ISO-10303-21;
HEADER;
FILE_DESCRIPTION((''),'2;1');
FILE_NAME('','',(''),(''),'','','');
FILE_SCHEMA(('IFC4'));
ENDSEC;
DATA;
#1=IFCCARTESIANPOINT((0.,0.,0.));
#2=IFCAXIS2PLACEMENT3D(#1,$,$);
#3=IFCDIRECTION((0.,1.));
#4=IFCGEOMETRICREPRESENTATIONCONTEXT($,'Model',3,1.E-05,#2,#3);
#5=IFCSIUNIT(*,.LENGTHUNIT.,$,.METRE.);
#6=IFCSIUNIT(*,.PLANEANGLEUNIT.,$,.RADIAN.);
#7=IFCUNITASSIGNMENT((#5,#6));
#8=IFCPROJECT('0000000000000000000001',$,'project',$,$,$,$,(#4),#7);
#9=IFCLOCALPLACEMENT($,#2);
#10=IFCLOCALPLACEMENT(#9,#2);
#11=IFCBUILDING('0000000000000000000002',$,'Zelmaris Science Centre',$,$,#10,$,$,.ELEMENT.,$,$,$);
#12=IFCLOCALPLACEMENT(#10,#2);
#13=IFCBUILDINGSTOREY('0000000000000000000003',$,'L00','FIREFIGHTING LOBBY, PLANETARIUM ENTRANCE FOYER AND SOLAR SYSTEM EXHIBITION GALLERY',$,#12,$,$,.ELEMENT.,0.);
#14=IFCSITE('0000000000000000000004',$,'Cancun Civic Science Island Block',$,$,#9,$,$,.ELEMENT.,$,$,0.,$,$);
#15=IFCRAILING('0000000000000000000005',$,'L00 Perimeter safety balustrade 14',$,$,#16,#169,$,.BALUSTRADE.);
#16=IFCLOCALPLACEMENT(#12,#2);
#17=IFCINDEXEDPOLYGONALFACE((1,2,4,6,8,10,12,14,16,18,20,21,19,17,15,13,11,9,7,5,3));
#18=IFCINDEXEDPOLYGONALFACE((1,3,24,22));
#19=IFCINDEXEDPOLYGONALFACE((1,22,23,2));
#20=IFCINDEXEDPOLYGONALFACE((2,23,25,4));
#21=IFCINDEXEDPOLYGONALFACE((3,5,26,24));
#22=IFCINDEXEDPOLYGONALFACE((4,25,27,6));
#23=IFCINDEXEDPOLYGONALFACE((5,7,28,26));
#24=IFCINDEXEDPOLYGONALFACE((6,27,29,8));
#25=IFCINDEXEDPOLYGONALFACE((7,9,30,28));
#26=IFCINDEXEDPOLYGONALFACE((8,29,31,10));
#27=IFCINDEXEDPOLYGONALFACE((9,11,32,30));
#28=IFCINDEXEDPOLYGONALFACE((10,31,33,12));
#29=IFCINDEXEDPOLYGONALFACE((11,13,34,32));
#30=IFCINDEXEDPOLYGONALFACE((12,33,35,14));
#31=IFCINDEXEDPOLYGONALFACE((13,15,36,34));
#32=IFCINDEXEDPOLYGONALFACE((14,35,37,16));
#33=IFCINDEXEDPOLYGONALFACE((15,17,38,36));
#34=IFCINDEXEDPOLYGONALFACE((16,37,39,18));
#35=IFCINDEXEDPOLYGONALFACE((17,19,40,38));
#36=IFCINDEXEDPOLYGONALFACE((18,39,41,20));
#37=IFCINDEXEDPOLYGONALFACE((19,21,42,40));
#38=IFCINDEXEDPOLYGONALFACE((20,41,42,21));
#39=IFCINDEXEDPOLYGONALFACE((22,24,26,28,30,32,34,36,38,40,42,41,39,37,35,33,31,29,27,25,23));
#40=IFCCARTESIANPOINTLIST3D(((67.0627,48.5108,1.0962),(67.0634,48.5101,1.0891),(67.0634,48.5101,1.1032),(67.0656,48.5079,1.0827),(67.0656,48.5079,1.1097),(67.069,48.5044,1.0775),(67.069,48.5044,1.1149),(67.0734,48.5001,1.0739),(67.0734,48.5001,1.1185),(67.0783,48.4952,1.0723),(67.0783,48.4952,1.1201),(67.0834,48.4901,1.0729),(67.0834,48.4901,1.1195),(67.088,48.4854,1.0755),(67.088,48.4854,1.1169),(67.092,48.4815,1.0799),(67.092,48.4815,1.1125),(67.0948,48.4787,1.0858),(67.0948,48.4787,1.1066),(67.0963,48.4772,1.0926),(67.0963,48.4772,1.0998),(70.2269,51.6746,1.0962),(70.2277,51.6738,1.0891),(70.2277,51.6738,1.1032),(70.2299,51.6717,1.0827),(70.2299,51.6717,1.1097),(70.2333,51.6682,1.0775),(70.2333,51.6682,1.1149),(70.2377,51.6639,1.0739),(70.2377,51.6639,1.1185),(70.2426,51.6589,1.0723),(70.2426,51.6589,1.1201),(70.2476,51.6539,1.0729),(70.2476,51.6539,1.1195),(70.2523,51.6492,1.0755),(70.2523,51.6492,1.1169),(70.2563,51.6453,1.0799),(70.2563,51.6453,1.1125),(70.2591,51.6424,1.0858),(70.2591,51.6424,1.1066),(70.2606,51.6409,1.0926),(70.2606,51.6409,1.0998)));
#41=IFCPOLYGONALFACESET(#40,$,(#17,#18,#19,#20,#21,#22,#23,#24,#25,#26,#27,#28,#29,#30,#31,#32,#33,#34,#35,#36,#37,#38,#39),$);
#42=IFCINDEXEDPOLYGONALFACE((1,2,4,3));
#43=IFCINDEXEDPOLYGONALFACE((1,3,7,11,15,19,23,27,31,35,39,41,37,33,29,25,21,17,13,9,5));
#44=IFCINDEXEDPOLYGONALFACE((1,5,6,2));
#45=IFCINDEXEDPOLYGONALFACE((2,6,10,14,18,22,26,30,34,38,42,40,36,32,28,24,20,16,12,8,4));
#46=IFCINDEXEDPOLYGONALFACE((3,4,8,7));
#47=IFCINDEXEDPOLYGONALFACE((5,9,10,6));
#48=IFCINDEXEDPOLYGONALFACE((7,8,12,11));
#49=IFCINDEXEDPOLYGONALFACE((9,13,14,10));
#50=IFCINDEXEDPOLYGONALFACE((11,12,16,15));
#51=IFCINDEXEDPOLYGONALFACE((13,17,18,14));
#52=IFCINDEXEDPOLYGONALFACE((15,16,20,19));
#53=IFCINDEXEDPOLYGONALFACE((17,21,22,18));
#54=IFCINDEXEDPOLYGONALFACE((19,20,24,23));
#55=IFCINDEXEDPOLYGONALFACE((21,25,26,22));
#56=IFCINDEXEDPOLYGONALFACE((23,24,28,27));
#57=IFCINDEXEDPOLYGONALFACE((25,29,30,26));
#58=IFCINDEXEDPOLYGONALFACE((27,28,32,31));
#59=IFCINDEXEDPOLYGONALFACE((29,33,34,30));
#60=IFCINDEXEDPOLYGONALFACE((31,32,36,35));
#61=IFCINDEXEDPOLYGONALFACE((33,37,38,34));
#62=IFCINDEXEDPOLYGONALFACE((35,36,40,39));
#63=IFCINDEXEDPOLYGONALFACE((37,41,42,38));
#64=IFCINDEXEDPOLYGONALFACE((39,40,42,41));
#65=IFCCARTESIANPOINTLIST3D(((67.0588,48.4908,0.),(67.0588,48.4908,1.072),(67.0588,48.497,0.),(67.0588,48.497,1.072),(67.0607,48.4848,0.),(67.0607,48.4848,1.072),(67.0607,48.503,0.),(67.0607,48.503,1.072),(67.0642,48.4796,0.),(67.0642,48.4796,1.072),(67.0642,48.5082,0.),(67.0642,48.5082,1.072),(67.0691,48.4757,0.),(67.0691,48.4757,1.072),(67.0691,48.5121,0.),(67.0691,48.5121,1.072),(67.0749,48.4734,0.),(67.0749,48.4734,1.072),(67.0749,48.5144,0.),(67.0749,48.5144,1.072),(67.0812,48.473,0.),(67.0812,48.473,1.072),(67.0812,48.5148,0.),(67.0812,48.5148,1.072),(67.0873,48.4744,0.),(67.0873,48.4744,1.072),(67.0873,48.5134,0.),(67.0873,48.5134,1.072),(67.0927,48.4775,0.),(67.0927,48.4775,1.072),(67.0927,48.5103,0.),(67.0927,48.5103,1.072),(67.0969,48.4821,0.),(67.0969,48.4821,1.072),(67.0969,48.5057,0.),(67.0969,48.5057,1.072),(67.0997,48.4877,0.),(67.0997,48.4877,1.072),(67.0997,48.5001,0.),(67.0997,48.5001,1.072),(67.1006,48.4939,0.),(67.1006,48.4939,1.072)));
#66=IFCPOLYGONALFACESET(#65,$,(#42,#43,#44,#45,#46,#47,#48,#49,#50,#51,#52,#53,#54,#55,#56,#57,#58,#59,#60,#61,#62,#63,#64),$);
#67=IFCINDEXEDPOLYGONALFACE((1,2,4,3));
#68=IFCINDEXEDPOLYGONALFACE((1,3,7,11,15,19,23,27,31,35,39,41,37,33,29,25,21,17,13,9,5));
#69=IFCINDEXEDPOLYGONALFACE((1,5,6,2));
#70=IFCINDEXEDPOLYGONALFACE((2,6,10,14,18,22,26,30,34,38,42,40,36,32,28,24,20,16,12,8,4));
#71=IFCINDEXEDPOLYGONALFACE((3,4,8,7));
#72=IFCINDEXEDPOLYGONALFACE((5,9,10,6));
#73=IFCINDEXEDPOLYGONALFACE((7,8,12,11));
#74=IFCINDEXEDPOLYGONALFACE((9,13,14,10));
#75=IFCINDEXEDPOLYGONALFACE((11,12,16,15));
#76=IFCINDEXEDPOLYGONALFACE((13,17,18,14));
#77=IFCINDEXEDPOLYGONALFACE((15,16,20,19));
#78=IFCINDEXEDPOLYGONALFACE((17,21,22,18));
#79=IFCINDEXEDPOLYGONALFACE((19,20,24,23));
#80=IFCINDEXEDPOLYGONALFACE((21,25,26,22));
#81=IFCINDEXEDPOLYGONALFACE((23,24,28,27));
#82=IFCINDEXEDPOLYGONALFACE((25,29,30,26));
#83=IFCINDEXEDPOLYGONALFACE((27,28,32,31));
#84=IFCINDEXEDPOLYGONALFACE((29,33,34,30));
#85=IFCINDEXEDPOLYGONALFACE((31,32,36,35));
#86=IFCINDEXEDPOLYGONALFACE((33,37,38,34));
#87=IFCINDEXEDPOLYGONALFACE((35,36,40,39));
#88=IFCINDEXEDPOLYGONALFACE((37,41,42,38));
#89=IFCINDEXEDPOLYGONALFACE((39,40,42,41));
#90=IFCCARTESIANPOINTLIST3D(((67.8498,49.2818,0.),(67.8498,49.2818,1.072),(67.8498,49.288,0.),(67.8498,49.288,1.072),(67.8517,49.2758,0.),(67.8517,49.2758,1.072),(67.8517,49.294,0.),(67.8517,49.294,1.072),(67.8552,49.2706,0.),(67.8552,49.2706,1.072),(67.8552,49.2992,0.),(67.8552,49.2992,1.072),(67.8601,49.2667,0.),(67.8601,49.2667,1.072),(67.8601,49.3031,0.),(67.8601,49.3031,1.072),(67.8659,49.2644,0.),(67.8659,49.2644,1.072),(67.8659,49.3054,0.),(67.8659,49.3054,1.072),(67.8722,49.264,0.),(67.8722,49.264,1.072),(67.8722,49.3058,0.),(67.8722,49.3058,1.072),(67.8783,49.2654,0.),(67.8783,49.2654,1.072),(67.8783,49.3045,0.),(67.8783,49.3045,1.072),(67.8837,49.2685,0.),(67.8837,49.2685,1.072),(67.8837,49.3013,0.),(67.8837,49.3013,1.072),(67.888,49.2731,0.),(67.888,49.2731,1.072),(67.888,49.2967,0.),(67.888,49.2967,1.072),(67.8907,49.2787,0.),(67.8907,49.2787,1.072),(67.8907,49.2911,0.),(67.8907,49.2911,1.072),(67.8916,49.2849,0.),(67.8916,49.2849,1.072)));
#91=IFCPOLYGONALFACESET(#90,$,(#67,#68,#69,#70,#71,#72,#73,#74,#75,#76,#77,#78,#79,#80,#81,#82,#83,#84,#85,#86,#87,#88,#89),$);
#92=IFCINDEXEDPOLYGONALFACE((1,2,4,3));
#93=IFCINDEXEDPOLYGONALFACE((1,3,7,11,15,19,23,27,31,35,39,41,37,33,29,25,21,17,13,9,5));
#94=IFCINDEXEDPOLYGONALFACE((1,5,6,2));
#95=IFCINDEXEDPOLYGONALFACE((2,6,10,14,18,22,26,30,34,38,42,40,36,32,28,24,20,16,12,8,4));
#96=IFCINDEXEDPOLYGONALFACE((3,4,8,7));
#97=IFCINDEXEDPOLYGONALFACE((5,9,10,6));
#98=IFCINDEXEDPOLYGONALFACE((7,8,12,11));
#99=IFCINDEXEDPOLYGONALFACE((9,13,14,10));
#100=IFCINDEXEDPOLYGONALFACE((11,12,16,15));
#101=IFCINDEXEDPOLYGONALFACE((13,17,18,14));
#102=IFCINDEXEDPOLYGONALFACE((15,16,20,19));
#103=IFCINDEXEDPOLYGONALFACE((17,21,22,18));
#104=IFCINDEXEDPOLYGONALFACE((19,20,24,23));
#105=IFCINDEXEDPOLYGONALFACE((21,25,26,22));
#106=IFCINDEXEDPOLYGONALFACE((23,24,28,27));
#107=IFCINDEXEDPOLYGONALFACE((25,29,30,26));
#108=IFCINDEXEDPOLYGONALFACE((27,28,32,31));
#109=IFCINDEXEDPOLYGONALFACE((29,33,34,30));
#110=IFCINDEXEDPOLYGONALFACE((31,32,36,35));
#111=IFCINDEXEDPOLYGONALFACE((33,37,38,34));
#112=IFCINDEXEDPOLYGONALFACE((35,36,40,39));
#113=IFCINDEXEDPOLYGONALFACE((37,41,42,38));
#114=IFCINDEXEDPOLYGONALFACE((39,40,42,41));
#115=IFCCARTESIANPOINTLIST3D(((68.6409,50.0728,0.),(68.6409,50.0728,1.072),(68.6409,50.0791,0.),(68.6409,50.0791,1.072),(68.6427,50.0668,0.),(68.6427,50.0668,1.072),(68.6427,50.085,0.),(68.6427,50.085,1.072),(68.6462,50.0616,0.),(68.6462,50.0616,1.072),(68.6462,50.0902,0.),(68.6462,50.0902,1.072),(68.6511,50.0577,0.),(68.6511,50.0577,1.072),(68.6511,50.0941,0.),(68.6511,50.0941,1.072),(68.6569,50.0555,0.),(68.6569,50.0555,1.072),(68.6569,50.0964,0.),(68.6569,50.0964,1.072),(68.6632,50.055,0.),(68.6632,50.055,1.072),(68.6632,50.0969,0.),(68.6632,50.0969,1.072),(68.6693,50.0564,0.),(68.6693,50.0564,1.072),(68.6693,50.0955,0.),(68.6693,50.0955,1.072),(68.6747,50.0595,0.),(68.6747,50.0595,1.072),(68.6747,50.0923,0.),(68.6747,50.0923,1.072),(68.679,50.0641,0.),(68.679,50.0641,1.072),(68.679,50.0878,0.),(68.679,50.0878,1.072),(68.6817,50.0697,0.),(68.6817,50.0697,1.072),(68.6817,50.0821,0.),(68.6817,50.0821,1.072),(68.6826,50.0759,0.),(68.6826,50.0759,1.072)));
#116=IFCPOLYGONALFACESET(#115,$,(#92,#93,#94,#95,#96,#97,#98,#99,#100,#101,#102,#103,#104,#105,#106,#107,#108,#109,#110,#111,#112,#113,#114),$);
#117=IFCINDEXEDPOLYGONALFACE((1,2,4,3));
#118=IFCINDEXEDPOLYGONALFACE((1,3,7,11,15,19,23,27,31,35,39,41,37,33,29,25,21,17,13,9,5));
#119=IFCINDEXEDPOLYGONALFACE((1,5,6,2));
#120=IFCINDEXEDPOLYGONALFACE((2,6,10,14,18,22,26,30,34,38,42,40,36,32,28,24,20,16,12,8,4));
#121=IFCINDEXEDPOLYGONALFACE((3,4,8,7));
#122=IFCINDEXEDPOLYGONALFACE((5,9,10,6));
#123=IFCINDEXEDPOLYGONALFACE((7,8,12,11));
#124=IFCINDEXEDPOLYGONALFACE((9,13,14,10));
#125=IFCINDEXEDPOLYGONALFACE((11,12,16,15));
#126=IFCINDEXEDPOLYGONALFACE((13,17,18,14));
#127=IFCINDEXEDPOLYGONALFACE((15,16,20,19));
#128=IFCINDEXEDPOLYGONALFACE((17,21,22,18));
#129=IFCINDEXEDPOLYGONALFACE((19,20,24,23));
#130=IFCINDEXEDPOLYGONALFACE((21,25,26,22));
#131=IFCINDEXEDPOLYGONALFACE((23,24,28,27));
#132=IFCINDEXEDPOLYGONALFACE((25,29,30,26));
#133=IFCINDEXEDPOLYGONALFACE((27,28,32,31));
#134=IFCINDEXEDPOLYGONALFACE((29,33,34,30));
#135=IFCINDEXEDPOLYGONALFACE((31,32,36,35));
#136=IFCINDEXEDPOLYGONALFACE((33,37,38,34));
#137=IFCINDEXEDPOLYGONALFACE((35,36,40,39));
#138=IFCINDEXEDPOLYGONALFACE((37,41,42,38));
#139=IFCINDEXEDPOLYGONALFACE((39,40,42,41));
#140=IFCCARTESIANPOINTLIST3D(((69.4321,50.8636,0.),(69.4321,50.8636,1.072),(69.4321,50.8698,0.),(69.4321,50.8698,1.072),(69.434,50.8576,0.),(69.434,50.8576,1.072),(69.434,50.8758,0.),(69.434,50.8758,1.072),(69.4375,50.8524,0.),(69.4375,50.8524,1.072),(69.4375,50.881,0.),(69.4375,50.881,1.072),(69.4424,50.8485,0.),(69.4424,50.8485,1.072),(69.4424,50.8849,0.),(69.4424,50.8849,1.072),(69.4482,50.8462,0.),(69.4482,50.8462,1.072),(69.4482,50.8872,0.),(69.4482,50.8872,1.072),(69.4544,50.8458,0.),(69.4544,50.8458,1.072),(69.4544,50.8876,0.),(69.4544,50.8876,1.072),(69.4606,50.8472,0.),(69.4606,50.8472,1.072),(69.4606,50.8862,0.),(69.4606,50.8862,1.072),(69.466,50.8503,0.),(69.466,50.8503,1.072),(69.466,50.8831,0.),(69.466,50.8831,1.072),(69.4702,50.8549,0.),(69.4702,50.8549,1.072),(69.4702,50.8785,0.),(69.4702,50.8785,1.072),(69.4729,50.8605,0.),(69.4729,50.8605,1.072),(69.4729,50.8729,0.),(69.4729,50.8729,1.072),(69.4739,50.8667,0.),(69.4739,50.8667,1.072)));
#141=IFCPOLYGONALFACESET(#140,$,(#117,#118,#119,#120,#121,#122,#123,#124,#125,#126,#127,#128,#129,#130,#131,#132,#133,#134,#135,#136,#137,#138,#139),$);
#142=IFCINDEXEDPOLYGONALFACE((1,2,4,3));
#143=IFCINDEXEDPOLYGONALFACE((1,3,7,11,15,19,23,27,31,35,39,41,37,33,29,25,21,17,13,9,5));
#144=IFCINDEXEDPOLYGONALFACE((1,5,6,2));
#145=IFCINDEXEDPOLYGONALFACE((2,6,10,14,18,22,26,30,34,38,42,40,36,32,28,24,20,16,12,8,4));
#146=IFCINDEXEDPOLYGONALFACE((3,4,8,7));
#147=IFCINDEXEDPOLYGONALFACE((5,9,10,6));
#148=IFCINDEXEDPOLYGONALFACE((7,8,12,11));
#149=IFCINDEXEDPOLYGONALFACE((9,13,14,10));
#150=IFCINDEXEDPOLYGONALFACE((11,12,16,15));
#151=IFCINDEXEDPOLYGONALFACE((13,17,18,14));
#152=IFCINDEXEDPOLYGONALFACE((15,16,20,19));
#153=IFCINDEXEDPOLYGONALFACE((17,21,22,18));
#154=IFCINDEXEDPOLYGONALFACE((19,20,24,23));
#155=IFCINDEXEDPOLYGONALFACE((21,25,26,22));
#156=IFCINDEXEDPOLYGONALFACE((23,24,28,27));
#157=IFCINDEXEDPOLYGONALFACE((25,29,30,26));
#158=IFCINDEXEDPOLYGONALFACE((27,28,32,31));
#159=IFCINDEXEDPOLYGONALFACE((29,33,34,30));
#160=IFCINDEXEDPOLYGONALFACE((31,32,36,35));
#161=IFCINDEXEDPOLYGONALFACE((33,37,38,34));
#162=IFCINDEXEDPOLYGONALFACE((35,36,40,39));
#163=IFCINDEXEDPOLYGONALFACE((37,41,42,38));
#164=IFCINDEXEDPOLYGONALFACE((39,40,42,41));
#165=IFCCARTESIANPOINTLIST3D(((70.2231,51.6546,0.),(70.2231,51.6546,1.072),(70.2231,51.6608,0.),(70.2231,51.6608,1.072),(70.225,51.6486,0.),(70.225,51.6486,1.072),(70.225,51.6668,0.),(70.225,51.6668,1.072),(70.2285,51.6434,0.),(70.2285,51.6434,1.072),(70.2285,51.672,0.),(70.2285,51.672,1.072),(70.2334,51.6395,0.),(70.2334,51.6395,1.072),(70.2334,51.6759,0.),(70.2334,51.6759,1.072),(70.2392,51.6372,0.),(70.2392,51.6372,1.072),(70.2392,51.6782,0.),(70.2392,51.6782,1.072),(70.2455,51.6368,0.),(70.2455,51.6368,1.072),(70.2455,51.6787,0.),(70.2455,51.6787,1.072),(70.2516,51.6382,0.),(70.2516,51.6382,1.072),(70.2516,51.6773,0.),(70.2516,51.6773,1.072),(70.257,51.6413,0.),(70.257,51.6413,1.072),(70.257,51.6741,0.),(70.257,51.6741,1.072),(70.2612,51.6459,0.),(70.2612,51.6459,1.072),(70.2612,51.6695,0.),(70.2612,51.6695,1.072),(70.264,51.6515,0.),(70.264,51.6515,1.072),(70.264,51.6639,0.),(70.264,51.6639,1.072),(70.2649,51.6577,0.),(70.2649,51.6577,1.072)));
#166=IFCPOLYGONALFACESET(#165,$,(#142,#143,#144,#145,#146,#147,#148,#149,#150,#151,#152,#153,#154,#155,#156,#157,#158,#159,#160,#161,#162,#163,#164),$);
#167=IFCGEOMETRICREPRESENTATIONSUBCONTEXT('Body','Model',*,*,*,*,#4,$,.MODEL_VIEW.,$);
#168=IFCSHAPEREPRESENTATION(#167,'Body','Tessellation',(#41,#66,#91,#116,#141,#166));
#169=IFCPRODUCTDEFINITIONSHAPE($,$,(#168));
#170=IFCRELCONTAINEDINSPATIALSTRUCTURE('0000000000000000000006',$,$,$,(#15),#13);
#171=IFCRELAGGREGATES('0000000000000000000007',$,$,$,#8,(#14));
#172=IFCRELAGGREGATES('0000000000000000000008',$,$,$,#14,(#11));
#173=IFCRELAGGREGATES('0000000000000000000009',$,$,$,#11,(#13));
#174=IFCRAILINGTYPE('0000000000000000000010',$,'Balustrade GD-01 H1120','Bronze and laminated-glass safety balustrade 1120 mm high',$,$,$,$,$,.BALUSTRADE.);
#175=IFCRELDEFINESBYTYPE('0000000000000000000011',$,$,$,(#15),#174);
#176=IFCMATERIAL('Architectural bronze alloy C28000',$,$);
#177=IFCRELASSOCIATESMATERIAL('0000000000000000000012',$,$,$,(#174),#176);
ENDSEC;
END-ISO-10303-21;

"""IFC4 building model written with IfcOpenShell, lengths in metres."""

from ifc_helpers import new_model, si_unit, direction, frame, origin, origin_2d, place, context, subcontext, project, spatial, circle, extrude, material, type_object, element, save


model = new_model("IFC4")

# Units and contexts
model_context = context("Model", 3, precision=1e-05, world=origin(), true_north=direction((0.0, 1.0)))
body_context = subcontext(model_context, "Body", "Model", "MODEL_VIEW")
ifc_project = project(units=[si_unit("LENGTHUNIT", "METRE"), si_unit("PLANEANGLEUNIT", "RADIAN")], contexts=[model_context])

# Site, building, storey
site_placement = place(None, origin())
site = spatial("IfcSite", under=ifc_project, at=site_placement, Name="Cancun Civic Science Island Block", CompositionType="ELEMENT", RefElevation=0.0)
building_placement = place(site_placement, origin())
building = spatial("IfcBuilding", under=site, at=building_placement, Name="Zelmaris Science Centre", CompositionType="ELEMENT")
storey_placement = place(building_placement, origin())
storey = spatial("IfcBuildingStorey", under=building, at=storey_placement, Name="L00", Description="FIREFIGHTING LOBBY, PLANETARIUM ENTRANCE FOYER AND SOLAR SYSTEM EXHIBITION GALLERY", CompositionType="ELEMENT", Elevation=0.0)

# Railing
ifc_material_1 = material(Name="Architectural bronze alloy C28000")
railing_type = type_object("IfcRailingType", Name="Balustrade GD-01 H1120", Description="Bronze and laminated-glass safety balustrade 1120 mm high", PredefinedType="BALUSTRADE", material=ifc_material_1)
railing_1_placement = place(storey_placement, frame((67.0796, 48.4939, 0.0)))
element("IfcRailing", 1, at=railing_1_placement, inside=storey, type_object=railing_type, Name="L00 Perimeter safety balustrade 14", PredefinedType="BALUSTRADE", context=body_context, shape_type="SweptSolid", body=[
    extrude(circle(Radius=0.0239, at=origin_2d()), frame((0.0, 0.0, 1.0962), z_axis=(0.707161, 0.707052, 0.0), x_axis=(-0.707052, 0.707161, 0.0)), (0.0, 0.0, 1.0), 4.4746),
    extrude(circle(Radius=0.021, at=origin_2d()), origin(), (0.0, 0.0, 1.0), 1.072),
    extrude(circle(Radius=0.021, at=origin_2d()), frame((0.791, 0.791, 0.0)), (0.0, 0.0, 1.0), 1.072),
    extrude(circle(Radius=0.021, at=origin_2d()), frame((1.582, 1.582, 0.0)), (0.0, 0.0, 1.0), 1.072),
    extrude(circle(Radius=0.021, at=origin_2d()), frame((2.3733, 2.3728, 0.0)), (0.0, 0.0, 1.0), 1.072),
    extrude(circle(Radius=0.021, at=origin_2d()), frame((3.1643, 3.1638, 0.0)), (0.0, 0.0, 1.0), 1.072),
])

save(model, "model.ifc")
